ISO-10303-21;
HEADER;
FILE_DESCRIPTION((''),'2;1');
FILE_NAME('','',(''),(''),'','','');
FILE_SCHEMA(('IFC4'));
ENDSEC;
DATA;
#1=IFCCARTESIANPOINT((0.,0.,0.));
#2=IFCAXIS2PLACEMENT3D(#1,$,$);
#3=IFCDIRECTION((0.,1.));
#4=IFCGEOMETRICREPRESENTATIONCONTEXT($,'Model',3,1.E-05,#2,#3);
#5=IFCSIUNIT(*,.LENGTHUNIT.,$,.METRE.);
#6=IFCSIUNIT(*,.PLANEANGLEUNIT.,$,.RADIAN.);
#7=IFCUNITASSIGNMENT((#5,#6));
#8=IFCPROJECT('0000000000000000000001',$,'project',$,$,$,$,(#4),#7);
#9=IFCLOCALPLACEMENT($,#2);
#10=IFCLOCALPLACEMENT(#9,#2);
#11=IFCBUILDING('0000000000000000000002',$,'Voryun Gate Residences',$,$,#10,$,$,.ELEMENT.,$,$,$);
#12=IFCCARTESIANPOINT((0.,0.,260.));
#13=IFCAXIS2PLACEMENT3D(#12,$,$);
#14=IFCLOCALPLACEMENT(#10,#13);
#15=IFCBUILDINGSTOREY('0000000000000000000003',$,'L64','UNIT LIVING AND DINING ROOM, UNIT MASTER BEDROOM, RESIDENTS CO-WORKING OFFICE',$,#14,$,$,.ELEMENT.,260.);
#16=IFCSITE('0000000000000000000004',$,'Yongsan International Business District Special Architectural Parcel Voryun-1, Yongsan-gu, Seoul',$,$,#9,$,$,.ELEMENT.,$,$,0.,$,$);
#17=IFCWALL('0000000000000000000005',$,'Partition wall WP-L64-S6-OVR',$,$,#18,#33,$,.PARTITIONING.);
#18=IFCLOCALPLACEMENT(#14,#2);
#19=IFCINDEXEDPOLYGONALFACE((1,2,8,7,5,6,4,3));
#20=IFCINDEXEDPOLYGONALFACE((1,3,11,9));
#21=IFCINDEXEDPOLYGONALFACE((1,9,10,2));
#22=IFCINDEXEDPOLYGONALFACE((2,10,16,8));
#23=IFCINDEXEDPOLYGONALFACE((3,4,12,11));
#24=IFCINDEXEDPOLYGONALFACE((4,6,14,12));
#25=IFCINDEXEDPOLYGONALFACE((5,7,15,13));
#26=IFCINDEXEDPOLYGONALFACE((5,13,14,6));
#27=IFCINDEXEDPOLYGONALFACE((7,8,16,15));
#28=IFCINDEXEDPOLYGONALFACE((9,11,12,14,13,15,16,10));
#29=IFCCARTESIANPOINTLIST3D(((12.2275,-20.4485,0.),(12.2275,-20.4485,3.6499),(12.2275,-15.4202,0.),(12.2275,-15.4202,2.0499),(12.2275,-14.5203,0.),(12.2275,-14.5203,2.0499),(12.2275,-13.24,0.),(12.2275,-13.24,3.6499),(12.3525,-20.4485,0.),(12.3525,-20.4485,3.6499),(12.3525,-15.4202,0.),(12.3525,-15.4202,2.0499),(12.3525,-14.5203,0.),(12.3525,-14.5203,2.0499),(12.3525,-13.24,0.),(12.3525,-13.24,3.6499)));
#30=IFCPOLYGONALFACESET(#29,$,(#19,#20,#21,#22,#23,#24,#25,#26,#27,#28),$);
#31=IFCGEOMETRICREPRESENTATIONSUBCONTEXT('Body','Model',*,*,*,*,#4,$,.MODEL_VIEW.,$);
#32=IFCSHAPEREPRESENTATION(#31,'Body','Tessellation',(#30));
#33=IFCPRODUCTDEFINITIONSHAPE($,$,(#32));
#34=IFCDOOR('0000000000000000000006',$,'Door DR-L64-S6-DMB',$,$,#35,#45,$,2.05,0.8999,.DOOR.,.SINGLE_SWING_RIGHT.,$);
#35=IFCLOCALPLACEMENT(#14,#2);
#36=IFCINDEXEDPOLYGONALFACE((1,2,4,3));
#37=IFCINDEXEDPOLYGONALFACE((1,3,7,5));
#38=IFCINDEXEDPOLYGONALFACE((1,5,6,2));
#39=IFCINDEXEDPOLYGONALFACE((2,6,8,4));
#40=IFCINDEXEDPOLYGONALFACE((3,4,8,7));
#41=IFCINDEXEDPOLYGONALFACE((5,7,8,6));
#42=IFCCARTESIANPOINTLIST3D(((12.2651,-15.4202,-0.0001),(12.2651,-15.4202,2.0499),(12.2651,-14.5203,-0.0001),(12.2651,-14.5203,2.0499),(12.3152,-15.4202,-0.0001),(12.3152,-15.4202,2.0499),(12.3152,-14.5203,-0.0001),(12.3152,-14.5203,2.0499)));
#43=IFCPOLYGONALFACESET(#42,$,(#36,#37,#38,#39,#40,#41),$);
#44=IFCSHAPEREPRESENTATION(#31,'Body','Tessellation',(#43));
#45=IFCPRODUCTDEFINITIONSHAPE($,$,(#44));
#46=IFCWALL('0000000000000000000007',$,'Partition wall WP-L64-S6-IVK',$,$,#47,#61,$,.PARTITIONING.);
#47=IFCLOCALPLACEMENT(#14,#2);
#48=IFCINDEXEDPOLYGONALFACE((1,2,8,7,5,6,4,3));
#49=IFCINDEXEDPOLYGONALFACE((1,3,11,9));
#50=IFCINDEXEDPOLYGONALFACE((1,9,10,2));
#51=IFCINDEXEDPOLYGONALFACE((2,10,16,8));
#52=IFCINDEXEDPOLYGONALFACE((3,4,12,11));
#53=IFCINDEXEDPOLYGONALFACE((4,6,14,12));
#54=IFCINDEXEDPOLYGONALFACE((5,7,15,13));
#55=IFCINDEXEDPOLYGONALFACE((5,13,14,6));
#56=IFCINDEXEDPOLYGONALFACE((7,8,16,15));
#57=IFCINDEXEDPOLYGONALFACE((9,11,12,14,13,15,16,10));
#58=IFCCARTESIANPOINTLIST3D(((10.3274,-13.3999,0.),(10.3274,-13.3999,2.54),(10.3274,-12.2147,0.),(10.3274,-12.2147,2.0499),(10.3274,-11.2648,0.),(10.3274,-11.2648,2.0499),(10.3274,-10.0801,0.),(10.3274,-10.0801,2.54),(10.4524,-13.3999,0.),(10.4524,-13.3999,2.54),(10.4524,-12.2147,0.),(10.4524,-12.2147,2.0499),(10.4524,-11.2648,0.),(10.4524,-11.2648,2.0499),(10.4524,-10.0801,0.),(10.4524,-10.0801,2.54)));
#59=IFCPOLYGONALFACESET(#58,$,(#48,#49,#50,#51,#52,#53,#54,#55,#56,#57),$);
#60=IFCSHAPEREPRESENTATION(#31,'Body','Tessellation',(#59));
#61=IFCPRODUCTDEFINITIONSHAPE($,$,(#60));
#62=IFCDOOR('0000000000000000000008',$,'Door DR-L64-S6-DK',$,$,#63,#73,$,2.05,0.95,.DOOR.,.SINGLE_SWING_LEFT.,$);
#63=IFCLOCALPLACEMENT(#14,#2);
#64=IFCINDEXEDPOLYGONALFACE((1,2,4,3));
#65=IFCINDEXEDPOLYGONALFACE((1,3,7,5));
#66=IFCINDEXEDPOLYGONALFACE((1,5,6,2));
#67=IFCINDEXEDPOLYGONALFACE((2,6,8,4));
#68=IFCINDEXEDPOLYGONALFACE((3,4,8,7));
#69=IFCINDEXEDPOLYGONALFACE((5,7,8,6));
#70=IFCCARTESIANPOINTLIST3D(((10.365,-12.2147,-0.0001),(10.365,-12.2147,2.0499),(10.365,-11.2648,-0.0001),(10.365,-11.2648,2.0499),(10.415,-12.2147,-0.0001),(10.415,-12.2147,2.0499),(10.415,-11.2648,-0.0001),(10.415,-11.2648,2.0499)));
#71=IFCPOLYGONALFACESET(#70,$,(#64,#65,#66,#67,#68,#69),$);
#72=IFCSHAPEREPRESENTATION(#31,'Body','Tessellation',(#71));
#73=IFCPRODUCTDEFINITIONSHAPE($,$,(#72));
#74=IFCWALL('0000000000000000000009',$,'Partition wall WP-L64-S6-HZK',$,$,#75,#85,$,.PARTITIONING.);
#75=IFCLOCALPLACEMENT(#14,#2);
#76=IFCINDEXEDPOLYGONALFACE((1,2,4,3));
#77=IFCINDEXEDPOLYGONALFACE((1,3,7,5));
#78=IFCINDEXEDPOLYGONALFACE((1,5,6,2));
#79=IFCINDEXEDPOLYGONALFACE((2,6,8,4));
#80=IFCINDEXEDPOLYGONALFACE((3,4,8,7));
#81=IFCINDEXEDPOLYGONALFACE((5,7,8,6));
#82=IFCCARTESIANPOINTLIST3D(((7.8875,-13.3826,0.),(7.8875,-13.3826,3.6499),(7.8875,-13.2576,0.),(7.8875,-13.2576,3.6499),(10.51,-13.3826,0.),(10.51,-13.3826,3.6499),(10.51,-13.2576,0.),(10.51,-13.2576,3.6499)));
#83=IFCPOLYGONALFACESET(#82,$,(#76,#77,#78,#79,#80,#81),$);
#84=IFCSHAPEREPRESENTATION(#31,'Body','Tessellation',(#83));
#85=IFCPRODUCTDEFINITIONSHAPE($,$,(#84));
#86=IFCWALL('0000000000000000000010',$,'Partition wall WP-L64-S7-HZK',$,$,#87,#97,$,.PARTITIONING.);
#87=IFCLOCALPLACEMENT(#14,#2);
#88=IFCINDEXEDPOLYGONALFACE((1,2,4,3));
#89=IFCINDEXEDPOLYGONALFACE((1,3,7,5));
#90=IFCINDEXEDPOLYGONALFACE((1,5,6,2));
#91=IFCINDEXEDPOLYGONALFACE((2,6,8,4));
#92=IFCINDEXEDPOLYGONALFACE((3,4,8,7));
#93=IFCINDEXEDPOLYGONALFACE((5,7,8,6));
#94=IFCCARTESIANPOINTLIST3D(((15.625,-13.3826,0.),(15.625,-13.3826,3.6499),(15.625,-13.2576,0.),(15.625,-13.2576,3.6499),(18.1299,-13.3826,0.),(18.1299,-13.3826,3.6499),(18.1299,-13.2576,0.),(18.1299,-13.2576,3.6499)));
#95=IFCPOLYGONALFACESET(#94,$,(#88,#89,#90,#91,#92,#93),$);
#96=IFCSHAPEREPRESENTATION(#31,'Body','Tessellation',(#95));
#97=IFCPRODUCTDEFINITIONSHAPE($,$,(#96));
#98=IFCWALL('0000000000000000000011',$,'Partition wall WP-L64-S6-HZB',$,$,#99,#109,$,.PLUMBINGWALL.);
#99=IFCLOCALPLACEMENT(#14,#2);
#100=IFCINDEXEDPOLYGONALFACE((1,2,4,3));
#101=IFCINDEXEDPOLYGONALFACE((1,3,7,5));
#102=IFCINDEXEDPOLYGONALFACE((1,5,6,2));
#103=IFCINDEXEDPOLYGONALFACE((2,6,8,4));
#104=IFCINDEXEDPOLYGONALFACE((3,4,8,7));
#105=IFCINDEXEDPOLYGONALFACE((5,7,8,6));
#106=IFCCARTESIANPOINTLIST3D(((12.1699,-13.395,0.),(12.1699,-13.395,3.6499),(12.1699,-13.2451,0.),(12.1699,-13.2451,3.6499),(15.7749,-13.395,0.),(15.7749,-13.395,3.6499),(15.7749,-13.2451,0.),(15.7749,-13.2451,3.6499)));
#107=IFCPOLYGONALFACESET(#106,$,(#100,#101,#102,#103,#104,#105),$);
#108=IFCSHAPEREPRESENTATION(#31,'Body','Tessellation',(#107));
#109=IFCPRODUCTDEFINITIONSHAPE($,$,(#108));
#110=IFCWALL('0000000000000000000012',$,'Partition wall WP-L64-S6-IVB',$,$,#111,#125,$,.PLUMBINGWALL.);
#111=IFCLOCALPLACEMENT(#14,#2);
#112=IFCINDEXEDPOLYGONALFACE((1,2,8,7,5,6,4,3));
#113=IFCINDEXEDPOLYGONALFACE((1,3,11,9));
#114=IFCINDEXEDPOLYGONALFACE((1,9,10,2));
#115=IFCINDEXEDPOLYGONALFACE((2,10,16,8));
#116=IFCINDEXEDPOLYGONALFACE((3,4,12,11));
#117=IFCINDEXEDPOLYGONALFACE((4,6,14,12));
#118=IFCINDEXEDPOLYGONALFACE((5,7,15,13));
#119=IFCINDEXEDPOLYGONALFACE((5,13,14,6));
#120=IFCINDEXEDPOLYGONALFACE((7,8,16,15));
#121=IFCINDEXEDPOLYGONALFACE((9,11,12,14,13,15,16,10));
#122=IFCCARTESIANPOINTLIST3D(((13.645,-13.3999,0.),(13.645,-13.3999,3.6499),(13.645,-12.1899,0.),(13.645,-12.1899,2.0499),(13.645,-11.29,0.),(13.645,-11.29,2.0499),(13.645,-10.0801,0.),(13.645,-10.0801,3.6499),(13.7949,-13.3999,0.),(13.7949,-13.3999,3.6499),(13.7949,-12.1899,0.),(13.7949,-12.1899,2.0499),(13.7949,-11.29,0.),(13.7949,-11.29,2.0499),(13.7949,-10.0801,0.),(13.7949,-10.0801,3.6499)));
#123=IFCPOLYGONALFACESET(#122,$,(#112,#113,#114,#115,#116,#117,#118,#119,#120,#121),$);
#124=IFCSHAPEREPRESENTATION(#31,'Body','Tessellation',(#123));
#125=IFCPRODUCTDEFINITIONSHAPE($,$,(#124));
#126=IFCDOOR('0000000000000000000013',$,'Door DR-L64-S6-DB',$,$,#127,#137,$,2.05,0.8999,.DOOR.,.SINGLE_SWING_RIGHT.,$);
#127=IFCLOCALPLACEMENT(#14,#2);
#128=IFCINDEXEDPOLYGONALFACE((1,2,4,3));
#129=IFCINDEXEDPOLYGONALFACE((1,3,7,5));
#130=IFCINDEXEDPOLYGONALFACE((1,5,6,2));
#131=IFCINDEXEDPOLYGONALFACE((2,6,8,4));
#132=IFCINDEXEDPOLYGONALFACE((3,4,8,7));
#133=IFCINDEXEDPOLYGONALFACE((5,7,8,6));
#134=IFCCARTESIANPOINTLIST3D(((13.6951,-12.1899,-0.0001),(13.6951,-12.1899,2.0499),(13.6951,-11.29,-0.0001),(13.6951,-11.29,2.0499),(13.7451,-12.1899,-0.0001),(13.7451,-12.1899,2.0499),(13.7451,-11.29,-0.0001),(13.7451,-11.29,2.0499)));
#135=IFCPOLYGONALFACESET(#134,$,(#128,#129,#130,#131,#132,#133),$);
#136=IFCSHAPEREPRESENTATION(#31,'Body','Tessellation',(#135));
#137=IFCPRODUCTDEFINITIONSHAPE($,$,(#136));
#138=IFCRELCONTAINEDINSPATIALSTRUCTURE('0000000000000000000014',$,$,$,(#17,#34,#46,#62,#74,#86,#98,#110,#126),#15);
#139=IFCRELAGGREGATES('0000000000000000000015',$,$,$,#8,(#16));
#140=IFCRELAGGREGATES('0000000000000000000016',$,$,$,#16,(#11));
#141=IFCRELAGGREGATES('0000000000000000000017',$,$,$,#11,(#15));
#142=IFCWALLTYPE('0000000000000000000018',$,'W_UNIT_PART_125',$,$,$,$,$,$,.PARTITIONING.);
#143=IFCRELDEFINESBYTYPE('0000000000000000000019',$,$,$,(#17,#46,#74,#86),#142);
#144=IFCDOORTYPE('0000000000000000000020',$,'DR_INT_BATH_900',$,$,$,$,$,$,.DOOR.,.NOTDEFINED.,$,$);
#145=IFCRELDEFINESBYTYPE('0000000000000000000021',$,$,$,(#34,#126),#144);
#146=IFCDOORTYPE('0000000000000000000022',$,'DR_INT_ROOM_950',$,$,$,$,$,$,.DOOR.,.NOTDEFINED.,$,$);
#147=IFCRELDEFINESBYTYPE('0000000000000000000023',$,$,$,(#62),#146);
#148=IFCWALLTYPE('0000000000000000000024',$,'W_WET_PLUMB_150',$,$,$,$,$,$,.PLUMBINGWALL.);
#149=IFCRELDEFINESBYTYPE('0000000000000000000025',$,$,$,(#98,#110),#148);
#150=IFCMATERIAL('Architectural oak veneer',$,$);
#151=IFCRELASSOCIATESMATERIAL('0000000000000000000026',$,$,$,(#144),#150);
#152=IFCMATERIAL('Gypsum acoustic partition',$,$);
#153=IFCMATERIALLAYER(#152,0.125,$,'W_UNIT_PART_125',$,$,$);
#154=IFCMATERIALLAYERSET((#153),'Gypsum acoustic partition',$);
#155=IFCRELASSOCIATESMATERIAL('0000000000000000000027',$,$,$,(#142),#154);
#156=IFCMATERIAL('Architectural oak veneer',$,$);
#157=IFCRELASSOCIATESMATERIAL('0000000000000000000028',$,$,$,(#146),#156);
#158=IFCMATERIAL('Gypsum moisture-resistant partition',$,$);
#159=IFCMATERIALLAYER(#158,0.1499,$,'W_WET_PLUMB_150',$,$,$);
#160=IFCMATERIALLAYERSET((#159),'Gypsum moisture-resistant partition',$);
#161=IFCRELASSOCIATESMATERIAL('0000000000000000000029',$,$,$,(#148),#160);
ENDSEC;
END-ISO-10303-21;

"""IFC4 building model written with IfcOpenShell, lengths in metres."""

from ifc_helpers import new_model, si_unit, direction, frame, frame_2d, origin, place, context, subcontext, project, spatial, rectangle, extrude, material, layer, layer_set, type_object, element, fill, save


model = new_model("IFC4")

# Units and contexts
model_context = context("Model", 3, precision=1e-05, world=origin(), true_north=direction((0.0, 1.0)))
body_context = subcontext(model_context, "Body", "Model", "MODEL_VIEW")
ifc_project = project(units=[si_unit("LENGTHUNIT", "METRE"), si_unit("PLANEANGLEUNIT", "RADIAN")], contexts=[model_context])

# Site, building, storey
site_placement = place(None, origin())
site = spatial("IfcSite", under=ifc_project, at=site_placement, Name="Yongsan International Business District Special Architectural Parcel Voryun-1, Yongsan-gu, Seoul", CompositionType="ELEMENT", RefElevation=0.0)
building_placement = place(site_placement, origin())
building = spatial("IfcBuilding", under=site, at=building_placement, Name="Voryun Gate Residences", CompositionType="ELEMENT")
storey_placement = place(building_placement, frame((0.0, 0.0, 260.0)))
storey = spatial("IfcBuildingStorey", under=building, at=storey_placement, Name="L64", Description="UNIT LIVING AND DINING ROOM, UNIT MASTER BEDROOM, RESIDENTS CO-WORKING OFFICE", CompositionType="ELEMENT", Elevation=260.0)

# Shared definitions
ifc_material_1 = material(Name="Architectural oak veneer")
door_type_1 = type_object("IfcDoorType", Name="DR_INT_BATH_900", OperationType="NOTDEFINED", PredefinedType="DOOR", material=ifc_material_1)

# Walls, openings, doors
ifc_material_2 = material(Name="Gypsum acoustic partition")
ifc_layer_1 = layer(ifc_material_2, 0.125, Name="W_UNIT_PART_125")
ifc_layer_set_1 = layer_set([ifc_layer_1], Name="Gypsum acoustic partition")
wall_type_1 = type_object("IfcWallType", Name="W_UNIT_PART_125", PredefinedType="PARTITIONING", material=ifc_layer_set_1)
wall_1_placement = place(storey_placement, frame((12.29, -20.4485, 0.0), z_axis=(0.0, 0.0, 1.0), x_axis=(0.0, 1.0, 0.0)))
wall_1 = element("IfcWall", 1, at=wall_1_placement, inside=storey, type_object=wall_type_1, Name="Partition wall WP-L64-S6-OVR", PredefinedType="PARTITIONING", context=body_context, shape_type="SweptSolid", body=[
    extrude(rectangle(XDim=7.2085, YDim=0.125, at=frame_2d((3.6042, 0.0))), origin(), (0.0, 0.0, 1.0), 3.6499),
])
opening_1_placement = place(wall_1_placement, frame((5.0283, 0.0, 0.0)))
opening_1 = element("IfcOpeningElement", 2, at=opening_1_placement, cuts=wall_1, PredefinedType="OPENING", context=body_context, shape_type="SweptSolid", body=[
    extrude(rectangle(XDim=0.8999, YDim=2.05, at=frame_2d((0.45, 1.0249))), frame((0.0, 0.0725, 0.0), z_axis=(0.0, -1.0, 0.0), x_axis=(1.0, 0.0, 0.0)), (0.0, 0.0, 1.0), 0.145),
])
door_1_placement = place(opening_1_placement, origin())
door_1 = element("IfcDoor", 3, at=door_1_placement, inside=storey, type_object=door_type_1, Name="Door DR-L64-S6-DMB", OperationType="SINGLE_SWING_RIGHT", OverallHeight=2.05, OverallWidth=0.8999, PredefinedType="DOOR", context=body_context, shape_type="SweptSolid", body=[
    extrude(rectangle(XDim=0.8999, YDim=2.05, at=frame_2d((0.45, 1.0249))), frame((0.0, 0.0249, 0.0), z_axis=(0.0, -1.0, 0.0), x_axis=(1.0, 0.0, 0.0)), (0.0, 0.0, 1.0), 0.05),
])
fill(opening_1, door_1)
wall_2_placement = place(storey_placement, frame((10.3899, -13.3999, 0.0), z_axis=(0.0, 0.0, 1.0), x_axis=(0.0, 1.0, 0.0)))
wall_2 = element("IfcWall", 4, at=wall_2_placement, inside=storey, type_object=wall_type_1, Name="Partition wall WP-L64-S6-IVK", PredefinedType="PARTITIONING", context=body_context, shape_type="SweptSolid", body=[
    extrude(rectangle(XDim=3.3198, YDim=0.125, at=frame_2d((1.6599, 0.0))), origin(), (0.0, 0.0, 1.0), 2.54),
])
opening_2_placement = place(wall_2_placement, frame((1.1851, 0.0, 0.0)))
opening_2 = element("IfcOpeningElement", 5, at=opening_2_placement, cuts=wall_2, PredefinedType="OPENING", context=body_context, shape_type="SweptSolid", body=[
    extrude(rectangle(XDim=0.95, YDim=2.05, at=frame_2d((0.4751, 1.0249))), frame((0.0, 0.0725, 0.0), z_axis=(0.0, -1.0, 0.0), x_axis=(1.0, 0.0, 0.0)), (0.0, 0.0, 1.0), 0.145),
])
ifc_material_3 = material(Name="Architectural oak veneer")
door_type_2 = type_object("IfcDoorType", Name="DR_INT_ROOM_950", OperationType="NOTDEFINED", PredefinedType="DOOR", material=ifc_material_3)
door_2_placement = place(opening_2_placement, origin())
door_2 = element("IfcDoor", 6, at=door_2_placement, inside=storey, type_object=door_type_2, Name="Door DR-L64-S6-DK", OperationType="SINGLE_SWING_LEFT", OverallHeight=2.05, OverallWidth=0.95, PredefinedType="DOOR", context=body_context, shape_type="SweptSolid", body=[
    extrude(rectangle(XDim=0.95, YDim=2.05, at=frame_2d((0.4751, 1.0249))), frame((0.0, 0.0249, 0.0), z_axis=(0.0, -1.0, 0.0), x_axis=(1.0, 0.0, 0.0)), (0.0, 0.0, 1.0), 0.05),
])
fill(opening_2, door_2)

# Walls
wall_3_placement = place(storey_placement, frame((7.8875, -13.3201, 0.0), z_axis=(0.0, 0.0, 1.0), x_axis=(1.0, 0.0, 0.0)))
element("IfcWall", 7, at=wall_3_placement, inside=storey, type_object=wall_type_1, Name="Partition wall WP-L64-S6-HZK", PredefinedType="PARTITIONING", context=body_context, shape_type="SweptSolid", body=[
    extrude(rectangle(XDim=2.6226, YDim=0.125, at=frame_2d((1.3113, 0.0))), origin(), (0.0, 0.0, 1.0), 3.6499),
])
wall_4_placement = place(storey_placement, frame((15.625, -13.3201, 0.0), z_axis=(0.0, 0.0, 1.0), x_axis=(1.0, 0.0, 0.0)))
element("IfcWall", 8, at=wall_4_placement, inside=storey, type_object=wall_type_1, Name="Partition wall WP-L64-S7-HZK", PredefinedType="PARTITIONING", context=body_context, shape_type="SweptSolid", body=[
    extrude(rectangle(XDim=2.5049, YDim=0.125, at=frame_2d((1.2524, 0.0))), origin(), (0.0, 0.0, 1.0), 3.6499),
])
ifc_material_4 = material(Name="Gypsum moisture-resistant partition")
ifc_layer_2 = layer(ifc_material_4, 0.1499, Name="W_WET_PLUMB_150")
ifc_layer_set_2 = layer_set([ifc_layer_2], Name="Gypsum moisture-resistant partition")
wall_type_2 = type_object("IfcWallType", Name="W_WET_PLUMB_150", PredefinedType="PLUMBINGWALL", material=ifc_layer_set_2)
wall_5_placement = place(storey_placement, frame((12.1699, -13.3201, 0.0), z_axis=(0.0, 0.0, 1.0), x_axis=(1.0, 0.0, 0.0)))
element("IfcWall", 9, at=wall_5_placement, inside=storey, type_object=wall_type_2, Name="Partition wall WP-L64-S6-HZB", PredefinedType="PLUMBINGWALL", context=body_context, shape_type="SweptSolid", body=[
    extrude(rectangle(XDim=3.605, YDim=0.1499, at=frame_2d((1.8025, 0.0))), origin(), (0.0, 0.0, 1.0), 3.6499),
])

# Wall, opening, door
wall_6_placement = place(storey_placement, frame((13.72, -13.3999, 0.0), z_axis=(0.0, 0.0, 1.0), x_axis=(0.0, 1.0, 0.0)))
wall_6 = element("IfcWall", 10, at=wall_6_placement, inside=storey, type_object=wall_type_2, Name="Partition wall WP-L64-S6-IVB", PredefinedType="PLUMBINGWALL", context=body_context, shape_type="SweptSolid", body=[
    extrude(rectangle(XDim=3.3198, YDim=0.1499, at=frame_2d((1.6599, 0.0))), origin(), (0.0, 0.0, 1.0), 3.6499),
])
opening_3_placement = place(wall_6_placement, frame((1.21, 0.0, 0.0)))
opening_3 = element("IfcOpeningElement", 11, at=opening_3_placement, cuts=wall_6, PredefinedType="OPENING", context=body_context, shape_type="SweptSolid", body=[
    extrude(rectangle(XDim=0.8999, YDim=2.05, at=frame_2d((0.45, 1.0249))), frame((0.0, 0.085, 0.0), z_axis=(0.0, -1.0, 0.0), x_axis=(1.0, 0.0, 0.0)), (0.0, 0.0, 1.0), 0.1699),
])
door_3_placement = place(opening_3_placement, origin())
door_3 = element("IfcDoor", 12, at=door_3_placement, inside=storey, type_object=door_type_1, Name="Door DR-L64-S6-DB", OperationType="SINGLE_SWING_RIGHT", OverallHeight=2.05, OverallWidth=0.8999, PredefinedType="DOOR", context=body_context, shape_type="SweptSolid", body=[
    extrude(rectangle(XDim=0.8999, YDim=2.05, at=frame_2d((0.45, 1.0249))), frame((0.0, 0.0249, 0.0), z_axis=(0.0, -1.0, 0.0), x_axis=(1.0, 0.0, 0.0)), (0.0, 0.0, 1.0), 0.05),
])
fill(opening_3, door_3)

save(model, "model.ifc")
